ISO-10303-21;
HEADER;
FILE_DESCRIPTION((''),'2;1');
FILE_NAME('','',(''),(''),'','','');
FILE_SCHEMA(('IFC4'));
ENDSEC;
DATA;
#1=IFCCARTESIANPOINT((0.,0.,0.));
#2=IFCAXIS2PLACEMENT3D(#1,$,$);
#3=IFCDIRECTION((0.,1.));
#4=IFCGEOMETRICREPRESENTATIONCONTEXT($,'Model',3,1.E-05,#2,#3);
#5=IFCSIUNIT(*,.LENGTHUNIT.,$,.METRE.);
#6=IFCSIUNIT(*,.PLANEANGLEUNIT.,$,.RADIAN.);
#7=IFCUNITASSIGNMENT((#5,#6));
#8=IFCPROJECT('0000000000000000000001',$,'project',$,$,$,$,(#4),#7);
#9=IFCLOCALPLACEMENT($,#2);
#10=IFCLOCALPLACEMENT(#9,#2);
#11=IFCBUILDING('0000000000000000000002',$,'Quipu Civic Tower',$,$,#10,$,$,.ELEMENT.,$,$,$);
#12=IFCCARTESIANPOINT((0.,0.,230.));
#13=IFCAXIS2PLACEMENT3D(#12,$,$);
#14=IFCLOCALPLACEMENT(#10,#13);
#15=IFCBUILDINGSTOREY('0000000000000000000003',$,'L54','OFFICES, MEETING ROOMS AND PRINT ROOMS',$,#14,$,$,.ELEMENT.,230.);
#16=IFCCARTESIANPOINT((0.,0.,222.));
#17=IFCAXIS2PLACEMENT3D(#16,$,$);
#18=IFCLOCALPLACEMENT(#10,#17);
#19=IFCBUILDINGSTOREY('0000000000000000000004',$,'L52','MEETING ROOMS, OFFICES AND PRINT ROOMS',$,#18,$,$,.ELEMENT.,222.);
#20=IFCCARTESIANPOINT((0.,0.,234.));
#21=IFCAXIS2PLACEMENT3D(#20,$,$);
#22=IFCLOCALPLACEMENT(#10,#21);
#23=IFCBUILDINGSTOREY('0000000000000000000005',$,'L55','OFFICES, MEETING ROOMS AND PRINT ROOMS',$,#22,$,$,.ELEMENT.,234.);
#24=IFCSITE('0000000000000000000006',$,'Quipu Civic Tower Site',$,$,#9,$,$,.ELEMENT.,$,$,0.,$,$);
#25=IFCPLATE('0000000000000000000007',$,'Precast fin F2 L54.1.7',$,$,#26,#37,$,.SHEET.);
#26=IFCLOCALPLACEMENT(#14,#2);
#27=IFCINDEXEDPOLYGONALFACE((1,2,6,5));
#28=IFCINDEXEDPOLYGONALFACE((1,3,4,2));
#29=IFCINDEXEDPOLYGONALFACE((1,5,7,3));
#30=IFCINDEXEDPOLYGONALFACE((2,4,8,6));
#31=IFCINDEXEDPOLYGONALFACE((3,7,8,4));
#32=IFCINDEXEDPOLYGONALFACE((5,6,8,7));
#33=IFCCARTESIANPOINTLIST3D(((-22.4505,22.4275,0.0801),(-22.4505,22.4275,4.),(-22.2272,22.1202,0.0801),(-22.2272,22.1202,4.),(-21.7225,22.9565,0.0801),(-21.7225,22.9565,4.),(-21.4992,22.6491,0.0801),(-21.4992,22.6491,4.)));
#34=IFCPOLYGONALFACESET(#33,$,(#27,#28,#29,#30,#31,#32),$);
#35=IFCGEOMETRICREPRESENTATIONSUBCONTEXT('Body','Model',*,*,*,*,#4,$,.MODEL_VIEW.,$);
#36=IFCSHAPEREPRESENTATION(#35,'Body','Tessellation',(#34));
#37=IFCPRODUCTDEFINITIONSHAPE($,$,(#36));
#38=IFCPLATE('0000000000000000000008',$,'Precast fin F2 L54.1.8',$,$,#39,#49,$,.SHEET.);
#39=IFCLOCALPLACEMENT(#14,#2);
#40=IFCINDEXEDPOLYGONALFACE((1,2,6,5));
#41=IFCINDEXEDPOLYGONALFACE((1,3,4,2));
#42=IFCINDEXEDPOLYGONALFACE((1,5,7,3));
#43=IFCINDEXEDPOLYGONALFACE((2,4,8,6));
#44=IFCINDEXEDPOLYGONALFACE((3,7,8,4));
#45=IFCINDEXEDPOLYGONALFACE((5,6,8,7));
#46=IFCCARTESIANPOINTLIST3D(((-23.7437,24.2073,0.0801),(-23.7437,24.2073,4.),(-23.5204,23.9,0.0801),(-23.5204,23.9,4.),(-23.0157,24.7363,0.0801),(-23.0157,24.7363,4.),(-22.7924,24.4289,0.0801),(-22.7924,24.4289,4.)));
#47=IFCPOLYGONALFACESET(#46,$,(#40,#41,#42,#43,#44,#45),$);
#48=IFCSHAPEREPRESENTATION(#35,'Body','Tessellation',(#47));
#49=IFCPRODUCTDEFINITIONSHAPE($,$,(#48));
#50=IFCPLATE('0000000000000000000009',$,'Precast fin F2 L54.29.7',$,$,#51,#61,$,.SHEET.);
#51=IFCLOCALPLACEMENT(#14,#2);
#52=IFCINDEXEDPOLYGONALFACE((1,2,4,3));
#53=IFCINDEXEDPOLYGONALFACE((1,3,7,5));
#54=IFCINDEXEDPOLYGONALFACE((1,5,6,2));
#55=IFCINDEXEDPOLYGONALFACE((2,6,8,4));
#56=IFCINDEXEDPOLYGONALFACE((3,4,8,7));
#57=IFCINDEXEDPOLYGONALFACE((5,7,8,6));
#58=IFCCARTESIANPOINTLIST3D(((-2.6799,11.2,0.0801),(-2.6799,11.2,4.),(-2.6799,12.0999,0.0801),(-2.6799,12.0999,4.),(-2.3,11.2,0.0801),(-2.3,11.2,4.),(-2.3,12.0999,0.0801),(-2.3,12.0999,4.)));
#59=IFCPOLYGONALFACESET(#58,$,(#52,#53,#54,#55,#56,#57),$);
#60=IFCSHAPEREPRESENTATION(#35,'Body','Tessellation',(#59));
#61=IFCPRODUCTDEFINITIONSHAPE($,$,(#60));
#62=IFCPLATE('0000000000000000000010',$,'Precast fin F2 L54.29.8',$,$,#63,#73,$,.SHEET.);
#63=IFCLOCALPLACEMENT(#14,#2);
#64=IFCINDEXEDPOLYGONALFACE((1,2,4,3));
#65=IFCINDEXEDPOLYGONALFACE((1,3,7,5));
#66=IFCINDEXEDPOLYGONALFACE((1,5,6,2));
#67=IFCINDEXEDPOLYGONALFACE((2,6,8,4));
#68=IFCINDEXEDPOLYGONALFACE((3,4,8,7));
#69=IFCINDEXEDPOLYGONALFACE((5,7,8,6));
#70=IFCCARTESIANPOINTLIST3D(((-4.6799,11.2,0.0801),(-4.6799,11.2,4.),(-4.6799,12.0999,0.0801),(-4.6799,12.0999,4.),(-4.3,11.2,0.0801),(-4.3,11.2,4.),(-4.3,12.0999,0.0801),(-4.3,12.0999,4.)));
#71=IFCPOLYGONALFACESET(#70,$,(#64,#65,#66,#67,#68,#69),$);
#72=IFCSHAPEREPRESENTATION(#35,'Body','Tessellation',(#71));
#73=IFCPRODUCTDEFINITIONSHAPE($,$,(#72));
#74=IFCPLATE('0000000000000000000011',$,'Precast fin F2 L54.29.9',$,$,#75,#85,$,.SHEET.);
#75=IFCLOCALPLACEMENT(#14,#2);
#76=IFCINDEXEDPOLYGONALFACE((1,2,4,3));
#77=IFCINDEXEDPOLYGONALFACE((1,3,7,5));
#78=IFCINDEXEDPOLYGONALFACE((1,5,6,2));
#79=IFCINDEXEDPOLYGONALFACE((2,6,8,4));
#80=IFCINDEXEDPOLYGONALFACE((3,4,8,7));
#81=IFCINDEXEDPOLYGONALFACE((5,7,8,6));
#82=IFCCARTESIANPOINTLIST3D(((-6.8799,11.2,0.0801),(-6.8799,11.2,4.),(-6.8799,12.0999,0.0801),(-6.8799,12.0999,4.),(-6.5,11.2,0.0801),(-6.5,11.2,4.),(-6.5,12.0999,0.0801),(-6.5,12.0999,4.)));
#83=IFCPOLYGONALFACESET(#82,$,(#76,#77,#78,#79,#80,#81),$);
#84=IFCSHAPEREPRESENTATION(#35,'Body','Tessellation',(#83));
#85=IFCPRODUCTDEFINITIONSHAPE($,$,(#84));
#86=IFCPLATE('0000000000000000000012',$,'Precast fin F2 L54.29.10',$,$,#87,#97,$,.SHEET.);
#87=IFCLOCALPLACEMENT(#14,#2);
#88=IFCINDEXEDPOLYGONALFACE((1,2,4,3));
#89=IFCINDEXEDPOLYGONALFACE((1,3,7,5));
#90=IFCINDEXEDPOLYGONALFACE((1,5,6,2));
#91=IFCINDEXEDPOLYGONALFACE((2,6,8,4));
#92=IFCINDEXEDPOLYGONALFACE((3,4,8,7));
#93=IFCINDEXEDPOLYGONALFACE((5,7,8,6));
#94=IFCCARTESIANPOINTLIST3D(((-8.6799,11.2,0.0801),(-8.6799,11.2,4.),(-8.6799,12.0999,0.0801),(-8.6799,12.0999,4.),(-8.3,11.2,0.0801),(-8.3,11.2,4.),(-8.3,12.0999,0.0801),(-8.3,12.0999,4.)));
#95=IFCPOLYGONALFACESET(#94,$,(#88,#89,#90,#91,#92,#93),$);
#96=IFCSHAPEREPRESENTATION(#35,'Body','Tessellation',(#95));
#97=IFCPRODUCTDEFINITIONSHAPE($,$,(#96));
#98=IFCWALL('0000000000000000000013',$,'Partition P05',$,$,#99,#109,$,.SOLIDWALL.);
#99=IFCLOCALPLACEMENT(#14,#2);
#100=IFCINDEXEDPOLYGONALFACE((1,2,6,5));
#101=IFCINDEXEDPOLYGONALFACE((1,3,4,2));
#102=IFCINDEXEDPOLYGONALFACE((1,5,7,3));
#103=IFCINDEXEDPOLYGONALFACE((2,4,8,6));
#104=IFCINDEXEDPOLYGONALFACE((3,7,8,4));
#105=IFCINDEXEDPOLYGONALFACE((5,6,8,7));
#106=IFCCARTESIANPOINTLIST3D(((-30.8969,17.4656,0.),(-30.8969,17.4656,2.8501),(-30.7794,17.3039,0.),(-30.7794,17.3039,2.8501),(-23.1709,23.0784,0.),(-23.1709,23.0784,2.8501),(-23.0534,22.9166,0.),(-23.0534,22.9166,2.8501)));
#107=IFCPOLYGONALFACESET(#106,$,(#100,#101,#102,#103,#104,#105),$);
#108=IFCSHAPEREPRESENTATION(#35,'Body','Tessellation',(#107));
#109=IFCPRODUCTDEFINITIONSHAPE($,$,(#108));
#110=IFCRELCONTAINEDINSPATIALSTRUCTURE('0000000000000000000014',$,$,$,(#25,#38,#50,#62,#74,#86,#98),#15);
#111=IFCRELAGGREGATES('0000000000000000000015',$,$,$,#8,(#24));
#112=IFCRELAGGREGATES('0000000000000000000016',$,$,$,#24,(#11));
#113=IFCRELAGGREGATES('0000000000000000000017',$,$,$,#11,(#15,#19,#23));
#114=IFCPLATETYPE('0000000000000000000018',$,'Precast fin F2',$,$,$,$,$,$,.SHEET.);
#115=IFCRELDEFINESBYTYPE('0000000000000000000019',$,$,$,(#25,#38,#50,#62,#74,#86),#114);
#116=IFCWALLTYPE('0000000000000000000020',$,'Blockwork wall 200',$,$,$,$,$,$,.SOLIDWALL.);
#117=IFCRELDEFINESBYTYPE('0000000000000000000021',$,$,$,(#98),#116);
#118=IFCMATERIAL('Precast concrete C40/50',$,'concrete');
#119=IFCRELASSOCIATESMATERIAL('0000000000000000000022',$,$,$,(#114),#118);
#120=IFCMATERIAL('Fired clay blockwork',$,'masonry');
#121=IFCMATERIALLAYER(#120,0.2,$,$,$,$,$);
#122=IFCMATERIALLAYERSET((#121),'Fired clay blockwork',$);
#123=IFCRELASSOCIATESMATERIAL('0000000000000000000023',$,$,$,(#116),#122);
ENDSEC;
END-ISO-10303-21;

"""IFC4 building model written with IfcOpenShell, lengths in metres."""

from ifc_helpers import new_model, si_unit, direction, frame, frame_2d, origin, origin_2d, place, context, subcontext, project, spatial, rectangle, extrude, material, layer, layer_set, type_object, element, save


model = new_model("IFC4")

# Units and contexts
model_context = context("Model", 3, precision=1e-05, world=origin(), true_north=direction((0.0, 1.0)))
body_context = subcontext(model_context, "Body", "Model", "MODEL_VIEW")
ifc_project = project(units=[si_unit("LENGTHUNIT", "METRE"), si_unit("PLANEANGLEUNIT", "RADIAN")], contexts=[model_context])

# Site, building, storey
site_placement = place(None, origin())
site = spatial("IfcSite", under=ifc_project, at=site_placement, Name="Quipu Civic Tower Site", CompositionType="ELEMENT", RefElevation=0.0)
building_placement = place(site_placement, origin())
building = spatial("IfcBuilding", under=site, at=building_placement, Name="Quipu Civic Tower", CompositionType="ELEMENT")
storey_1_placement = place(building_placement, frame((0.0, 0.0, 230.0)))
storey_1 = spatial("IfcBuildingStorey", under=building, at=storey_1_placement, Name="L54", Description="OFFICES, MEETING ROOMS AND PRINT ROOMS", CompositionType="ELEMENT", Elevation=230.0)

# Shared definitions
storey_2_placement = place(building_placement, frame((0.0, 0.0, 222.0)))
storey_2 = spatial("IfcBuildingStorey", under=building, at=storey_2_placement, Name="L52", Description="MEETING ROOMS, OFFICES AND PRINT ROOMS", CompositionType="ELEMENT", Elevation=222.0)

# Shared definitions
storey_3_placement = place(building_placement, frame((0.0, 0.0, 234.0)))
storey_3 = spatial("IfcBuildingStorey", under=building, at=storey_3_placement, Name="L55", Description="OFFICES, MEETING ROOMS AND PRINT ROOMS", CompositionType="ELEMENT", Elevation=234.0)

# Plates
ifc_material_1 = material(Name="Precast concrete C40/50", Category="concrete")
plate_type_1 = type_object("IfcPlateType", Name="Precast fin F2", PredefinedType="SHEET", material=ifc_material_1)
for number, where, z_axis, x_axis, name in (
    (1, (-21.9749, 22.5383, 0.0801), (0.0, 0.0, 1.0), (-0.587787, 0.809016, 0.0), "Precast fin F2 L54.1.7"),
    (2, (-23.2681, 24.3181, 0.0801), (0.0, 0.0, 1.0), (-0.587787, 0.809016, 0.0), "Precast fin F2 L54.1.8"),
    (3, (-2.49, 11.6499, 0.0801), (0.0, 0.0, 1.0), (-1.0, 0.0, 0.0), "Precast fin F2 L54.29.7"),
    (4, (-4.49, 11.6499, 0.0801), (0.0, 0.0, 1.0), (-1.0, 0.0, 0.0), "Precast fin F2 L54.29.8"),
    (5, (-6.6899, 11.6499, 0.0801), (0.0, 0.0, 1.0), (-1.0, 0.0, 0.0), "Precast fin F2 L54.29.9"),
    (6, (-8.49, 11.6499, 0.0801), (0.0, 0.0, 1.0), (-1.0, 0.0, 0.0), "Precast fin F2 L54.29.10"),
):
    element("IfcPlate", number, at=place(storey_1_placement, frame(where, z_axis=z_axis, x_axis=x_axis)), inside=storey_1, type_object=plate_type_1, Name=name, PredefinedType="SHEET", context=body_context, shape_type="SweptSolid", body=[
        extrude(rectangle(XDim=0.3799, YDim=0.8999, at=origin_2d()), origin(), (0.0, 0.0, 1.0), 3.9199),
    ])

# Wall
ifc_material_2 = material(Name="Fired clay blockwork", Category="masonry")
ifc_layer_1 = layer(ifc_material_2, 0.2)
ifc_layer_set_1 = layer_set([ifc_layer_1], Name="Fired clay blockwork")
wall_type = type_object("IfcWallType", Name="Blockwork wall 200", PredefinedType="SOLIDWALL", material=ifc_layer_set_1)
wall_placement = place(storey_1_placement, frame((-23.1121, 22.9976, 0.0), z_axis=(0.0, 0.0, 1.0), x_axis=(-0.809043, -0.587749, 0.0)))
element("IfcWall", 7, at=wall_placement, inside=storey_1, type_object=wall_type, Name="Partition P05", PredefinedType="SOLIDWALL", context=body_context, shape_type="SweptSolid", body=[
    extrude(rectangle(XDim=9.5496, YDim=0.2, at=frame_2d((4.7749, 0.0))), origin(), (0.0, 0.0, 1.0), 2.8501),
])

save(model, "model.ifc")
